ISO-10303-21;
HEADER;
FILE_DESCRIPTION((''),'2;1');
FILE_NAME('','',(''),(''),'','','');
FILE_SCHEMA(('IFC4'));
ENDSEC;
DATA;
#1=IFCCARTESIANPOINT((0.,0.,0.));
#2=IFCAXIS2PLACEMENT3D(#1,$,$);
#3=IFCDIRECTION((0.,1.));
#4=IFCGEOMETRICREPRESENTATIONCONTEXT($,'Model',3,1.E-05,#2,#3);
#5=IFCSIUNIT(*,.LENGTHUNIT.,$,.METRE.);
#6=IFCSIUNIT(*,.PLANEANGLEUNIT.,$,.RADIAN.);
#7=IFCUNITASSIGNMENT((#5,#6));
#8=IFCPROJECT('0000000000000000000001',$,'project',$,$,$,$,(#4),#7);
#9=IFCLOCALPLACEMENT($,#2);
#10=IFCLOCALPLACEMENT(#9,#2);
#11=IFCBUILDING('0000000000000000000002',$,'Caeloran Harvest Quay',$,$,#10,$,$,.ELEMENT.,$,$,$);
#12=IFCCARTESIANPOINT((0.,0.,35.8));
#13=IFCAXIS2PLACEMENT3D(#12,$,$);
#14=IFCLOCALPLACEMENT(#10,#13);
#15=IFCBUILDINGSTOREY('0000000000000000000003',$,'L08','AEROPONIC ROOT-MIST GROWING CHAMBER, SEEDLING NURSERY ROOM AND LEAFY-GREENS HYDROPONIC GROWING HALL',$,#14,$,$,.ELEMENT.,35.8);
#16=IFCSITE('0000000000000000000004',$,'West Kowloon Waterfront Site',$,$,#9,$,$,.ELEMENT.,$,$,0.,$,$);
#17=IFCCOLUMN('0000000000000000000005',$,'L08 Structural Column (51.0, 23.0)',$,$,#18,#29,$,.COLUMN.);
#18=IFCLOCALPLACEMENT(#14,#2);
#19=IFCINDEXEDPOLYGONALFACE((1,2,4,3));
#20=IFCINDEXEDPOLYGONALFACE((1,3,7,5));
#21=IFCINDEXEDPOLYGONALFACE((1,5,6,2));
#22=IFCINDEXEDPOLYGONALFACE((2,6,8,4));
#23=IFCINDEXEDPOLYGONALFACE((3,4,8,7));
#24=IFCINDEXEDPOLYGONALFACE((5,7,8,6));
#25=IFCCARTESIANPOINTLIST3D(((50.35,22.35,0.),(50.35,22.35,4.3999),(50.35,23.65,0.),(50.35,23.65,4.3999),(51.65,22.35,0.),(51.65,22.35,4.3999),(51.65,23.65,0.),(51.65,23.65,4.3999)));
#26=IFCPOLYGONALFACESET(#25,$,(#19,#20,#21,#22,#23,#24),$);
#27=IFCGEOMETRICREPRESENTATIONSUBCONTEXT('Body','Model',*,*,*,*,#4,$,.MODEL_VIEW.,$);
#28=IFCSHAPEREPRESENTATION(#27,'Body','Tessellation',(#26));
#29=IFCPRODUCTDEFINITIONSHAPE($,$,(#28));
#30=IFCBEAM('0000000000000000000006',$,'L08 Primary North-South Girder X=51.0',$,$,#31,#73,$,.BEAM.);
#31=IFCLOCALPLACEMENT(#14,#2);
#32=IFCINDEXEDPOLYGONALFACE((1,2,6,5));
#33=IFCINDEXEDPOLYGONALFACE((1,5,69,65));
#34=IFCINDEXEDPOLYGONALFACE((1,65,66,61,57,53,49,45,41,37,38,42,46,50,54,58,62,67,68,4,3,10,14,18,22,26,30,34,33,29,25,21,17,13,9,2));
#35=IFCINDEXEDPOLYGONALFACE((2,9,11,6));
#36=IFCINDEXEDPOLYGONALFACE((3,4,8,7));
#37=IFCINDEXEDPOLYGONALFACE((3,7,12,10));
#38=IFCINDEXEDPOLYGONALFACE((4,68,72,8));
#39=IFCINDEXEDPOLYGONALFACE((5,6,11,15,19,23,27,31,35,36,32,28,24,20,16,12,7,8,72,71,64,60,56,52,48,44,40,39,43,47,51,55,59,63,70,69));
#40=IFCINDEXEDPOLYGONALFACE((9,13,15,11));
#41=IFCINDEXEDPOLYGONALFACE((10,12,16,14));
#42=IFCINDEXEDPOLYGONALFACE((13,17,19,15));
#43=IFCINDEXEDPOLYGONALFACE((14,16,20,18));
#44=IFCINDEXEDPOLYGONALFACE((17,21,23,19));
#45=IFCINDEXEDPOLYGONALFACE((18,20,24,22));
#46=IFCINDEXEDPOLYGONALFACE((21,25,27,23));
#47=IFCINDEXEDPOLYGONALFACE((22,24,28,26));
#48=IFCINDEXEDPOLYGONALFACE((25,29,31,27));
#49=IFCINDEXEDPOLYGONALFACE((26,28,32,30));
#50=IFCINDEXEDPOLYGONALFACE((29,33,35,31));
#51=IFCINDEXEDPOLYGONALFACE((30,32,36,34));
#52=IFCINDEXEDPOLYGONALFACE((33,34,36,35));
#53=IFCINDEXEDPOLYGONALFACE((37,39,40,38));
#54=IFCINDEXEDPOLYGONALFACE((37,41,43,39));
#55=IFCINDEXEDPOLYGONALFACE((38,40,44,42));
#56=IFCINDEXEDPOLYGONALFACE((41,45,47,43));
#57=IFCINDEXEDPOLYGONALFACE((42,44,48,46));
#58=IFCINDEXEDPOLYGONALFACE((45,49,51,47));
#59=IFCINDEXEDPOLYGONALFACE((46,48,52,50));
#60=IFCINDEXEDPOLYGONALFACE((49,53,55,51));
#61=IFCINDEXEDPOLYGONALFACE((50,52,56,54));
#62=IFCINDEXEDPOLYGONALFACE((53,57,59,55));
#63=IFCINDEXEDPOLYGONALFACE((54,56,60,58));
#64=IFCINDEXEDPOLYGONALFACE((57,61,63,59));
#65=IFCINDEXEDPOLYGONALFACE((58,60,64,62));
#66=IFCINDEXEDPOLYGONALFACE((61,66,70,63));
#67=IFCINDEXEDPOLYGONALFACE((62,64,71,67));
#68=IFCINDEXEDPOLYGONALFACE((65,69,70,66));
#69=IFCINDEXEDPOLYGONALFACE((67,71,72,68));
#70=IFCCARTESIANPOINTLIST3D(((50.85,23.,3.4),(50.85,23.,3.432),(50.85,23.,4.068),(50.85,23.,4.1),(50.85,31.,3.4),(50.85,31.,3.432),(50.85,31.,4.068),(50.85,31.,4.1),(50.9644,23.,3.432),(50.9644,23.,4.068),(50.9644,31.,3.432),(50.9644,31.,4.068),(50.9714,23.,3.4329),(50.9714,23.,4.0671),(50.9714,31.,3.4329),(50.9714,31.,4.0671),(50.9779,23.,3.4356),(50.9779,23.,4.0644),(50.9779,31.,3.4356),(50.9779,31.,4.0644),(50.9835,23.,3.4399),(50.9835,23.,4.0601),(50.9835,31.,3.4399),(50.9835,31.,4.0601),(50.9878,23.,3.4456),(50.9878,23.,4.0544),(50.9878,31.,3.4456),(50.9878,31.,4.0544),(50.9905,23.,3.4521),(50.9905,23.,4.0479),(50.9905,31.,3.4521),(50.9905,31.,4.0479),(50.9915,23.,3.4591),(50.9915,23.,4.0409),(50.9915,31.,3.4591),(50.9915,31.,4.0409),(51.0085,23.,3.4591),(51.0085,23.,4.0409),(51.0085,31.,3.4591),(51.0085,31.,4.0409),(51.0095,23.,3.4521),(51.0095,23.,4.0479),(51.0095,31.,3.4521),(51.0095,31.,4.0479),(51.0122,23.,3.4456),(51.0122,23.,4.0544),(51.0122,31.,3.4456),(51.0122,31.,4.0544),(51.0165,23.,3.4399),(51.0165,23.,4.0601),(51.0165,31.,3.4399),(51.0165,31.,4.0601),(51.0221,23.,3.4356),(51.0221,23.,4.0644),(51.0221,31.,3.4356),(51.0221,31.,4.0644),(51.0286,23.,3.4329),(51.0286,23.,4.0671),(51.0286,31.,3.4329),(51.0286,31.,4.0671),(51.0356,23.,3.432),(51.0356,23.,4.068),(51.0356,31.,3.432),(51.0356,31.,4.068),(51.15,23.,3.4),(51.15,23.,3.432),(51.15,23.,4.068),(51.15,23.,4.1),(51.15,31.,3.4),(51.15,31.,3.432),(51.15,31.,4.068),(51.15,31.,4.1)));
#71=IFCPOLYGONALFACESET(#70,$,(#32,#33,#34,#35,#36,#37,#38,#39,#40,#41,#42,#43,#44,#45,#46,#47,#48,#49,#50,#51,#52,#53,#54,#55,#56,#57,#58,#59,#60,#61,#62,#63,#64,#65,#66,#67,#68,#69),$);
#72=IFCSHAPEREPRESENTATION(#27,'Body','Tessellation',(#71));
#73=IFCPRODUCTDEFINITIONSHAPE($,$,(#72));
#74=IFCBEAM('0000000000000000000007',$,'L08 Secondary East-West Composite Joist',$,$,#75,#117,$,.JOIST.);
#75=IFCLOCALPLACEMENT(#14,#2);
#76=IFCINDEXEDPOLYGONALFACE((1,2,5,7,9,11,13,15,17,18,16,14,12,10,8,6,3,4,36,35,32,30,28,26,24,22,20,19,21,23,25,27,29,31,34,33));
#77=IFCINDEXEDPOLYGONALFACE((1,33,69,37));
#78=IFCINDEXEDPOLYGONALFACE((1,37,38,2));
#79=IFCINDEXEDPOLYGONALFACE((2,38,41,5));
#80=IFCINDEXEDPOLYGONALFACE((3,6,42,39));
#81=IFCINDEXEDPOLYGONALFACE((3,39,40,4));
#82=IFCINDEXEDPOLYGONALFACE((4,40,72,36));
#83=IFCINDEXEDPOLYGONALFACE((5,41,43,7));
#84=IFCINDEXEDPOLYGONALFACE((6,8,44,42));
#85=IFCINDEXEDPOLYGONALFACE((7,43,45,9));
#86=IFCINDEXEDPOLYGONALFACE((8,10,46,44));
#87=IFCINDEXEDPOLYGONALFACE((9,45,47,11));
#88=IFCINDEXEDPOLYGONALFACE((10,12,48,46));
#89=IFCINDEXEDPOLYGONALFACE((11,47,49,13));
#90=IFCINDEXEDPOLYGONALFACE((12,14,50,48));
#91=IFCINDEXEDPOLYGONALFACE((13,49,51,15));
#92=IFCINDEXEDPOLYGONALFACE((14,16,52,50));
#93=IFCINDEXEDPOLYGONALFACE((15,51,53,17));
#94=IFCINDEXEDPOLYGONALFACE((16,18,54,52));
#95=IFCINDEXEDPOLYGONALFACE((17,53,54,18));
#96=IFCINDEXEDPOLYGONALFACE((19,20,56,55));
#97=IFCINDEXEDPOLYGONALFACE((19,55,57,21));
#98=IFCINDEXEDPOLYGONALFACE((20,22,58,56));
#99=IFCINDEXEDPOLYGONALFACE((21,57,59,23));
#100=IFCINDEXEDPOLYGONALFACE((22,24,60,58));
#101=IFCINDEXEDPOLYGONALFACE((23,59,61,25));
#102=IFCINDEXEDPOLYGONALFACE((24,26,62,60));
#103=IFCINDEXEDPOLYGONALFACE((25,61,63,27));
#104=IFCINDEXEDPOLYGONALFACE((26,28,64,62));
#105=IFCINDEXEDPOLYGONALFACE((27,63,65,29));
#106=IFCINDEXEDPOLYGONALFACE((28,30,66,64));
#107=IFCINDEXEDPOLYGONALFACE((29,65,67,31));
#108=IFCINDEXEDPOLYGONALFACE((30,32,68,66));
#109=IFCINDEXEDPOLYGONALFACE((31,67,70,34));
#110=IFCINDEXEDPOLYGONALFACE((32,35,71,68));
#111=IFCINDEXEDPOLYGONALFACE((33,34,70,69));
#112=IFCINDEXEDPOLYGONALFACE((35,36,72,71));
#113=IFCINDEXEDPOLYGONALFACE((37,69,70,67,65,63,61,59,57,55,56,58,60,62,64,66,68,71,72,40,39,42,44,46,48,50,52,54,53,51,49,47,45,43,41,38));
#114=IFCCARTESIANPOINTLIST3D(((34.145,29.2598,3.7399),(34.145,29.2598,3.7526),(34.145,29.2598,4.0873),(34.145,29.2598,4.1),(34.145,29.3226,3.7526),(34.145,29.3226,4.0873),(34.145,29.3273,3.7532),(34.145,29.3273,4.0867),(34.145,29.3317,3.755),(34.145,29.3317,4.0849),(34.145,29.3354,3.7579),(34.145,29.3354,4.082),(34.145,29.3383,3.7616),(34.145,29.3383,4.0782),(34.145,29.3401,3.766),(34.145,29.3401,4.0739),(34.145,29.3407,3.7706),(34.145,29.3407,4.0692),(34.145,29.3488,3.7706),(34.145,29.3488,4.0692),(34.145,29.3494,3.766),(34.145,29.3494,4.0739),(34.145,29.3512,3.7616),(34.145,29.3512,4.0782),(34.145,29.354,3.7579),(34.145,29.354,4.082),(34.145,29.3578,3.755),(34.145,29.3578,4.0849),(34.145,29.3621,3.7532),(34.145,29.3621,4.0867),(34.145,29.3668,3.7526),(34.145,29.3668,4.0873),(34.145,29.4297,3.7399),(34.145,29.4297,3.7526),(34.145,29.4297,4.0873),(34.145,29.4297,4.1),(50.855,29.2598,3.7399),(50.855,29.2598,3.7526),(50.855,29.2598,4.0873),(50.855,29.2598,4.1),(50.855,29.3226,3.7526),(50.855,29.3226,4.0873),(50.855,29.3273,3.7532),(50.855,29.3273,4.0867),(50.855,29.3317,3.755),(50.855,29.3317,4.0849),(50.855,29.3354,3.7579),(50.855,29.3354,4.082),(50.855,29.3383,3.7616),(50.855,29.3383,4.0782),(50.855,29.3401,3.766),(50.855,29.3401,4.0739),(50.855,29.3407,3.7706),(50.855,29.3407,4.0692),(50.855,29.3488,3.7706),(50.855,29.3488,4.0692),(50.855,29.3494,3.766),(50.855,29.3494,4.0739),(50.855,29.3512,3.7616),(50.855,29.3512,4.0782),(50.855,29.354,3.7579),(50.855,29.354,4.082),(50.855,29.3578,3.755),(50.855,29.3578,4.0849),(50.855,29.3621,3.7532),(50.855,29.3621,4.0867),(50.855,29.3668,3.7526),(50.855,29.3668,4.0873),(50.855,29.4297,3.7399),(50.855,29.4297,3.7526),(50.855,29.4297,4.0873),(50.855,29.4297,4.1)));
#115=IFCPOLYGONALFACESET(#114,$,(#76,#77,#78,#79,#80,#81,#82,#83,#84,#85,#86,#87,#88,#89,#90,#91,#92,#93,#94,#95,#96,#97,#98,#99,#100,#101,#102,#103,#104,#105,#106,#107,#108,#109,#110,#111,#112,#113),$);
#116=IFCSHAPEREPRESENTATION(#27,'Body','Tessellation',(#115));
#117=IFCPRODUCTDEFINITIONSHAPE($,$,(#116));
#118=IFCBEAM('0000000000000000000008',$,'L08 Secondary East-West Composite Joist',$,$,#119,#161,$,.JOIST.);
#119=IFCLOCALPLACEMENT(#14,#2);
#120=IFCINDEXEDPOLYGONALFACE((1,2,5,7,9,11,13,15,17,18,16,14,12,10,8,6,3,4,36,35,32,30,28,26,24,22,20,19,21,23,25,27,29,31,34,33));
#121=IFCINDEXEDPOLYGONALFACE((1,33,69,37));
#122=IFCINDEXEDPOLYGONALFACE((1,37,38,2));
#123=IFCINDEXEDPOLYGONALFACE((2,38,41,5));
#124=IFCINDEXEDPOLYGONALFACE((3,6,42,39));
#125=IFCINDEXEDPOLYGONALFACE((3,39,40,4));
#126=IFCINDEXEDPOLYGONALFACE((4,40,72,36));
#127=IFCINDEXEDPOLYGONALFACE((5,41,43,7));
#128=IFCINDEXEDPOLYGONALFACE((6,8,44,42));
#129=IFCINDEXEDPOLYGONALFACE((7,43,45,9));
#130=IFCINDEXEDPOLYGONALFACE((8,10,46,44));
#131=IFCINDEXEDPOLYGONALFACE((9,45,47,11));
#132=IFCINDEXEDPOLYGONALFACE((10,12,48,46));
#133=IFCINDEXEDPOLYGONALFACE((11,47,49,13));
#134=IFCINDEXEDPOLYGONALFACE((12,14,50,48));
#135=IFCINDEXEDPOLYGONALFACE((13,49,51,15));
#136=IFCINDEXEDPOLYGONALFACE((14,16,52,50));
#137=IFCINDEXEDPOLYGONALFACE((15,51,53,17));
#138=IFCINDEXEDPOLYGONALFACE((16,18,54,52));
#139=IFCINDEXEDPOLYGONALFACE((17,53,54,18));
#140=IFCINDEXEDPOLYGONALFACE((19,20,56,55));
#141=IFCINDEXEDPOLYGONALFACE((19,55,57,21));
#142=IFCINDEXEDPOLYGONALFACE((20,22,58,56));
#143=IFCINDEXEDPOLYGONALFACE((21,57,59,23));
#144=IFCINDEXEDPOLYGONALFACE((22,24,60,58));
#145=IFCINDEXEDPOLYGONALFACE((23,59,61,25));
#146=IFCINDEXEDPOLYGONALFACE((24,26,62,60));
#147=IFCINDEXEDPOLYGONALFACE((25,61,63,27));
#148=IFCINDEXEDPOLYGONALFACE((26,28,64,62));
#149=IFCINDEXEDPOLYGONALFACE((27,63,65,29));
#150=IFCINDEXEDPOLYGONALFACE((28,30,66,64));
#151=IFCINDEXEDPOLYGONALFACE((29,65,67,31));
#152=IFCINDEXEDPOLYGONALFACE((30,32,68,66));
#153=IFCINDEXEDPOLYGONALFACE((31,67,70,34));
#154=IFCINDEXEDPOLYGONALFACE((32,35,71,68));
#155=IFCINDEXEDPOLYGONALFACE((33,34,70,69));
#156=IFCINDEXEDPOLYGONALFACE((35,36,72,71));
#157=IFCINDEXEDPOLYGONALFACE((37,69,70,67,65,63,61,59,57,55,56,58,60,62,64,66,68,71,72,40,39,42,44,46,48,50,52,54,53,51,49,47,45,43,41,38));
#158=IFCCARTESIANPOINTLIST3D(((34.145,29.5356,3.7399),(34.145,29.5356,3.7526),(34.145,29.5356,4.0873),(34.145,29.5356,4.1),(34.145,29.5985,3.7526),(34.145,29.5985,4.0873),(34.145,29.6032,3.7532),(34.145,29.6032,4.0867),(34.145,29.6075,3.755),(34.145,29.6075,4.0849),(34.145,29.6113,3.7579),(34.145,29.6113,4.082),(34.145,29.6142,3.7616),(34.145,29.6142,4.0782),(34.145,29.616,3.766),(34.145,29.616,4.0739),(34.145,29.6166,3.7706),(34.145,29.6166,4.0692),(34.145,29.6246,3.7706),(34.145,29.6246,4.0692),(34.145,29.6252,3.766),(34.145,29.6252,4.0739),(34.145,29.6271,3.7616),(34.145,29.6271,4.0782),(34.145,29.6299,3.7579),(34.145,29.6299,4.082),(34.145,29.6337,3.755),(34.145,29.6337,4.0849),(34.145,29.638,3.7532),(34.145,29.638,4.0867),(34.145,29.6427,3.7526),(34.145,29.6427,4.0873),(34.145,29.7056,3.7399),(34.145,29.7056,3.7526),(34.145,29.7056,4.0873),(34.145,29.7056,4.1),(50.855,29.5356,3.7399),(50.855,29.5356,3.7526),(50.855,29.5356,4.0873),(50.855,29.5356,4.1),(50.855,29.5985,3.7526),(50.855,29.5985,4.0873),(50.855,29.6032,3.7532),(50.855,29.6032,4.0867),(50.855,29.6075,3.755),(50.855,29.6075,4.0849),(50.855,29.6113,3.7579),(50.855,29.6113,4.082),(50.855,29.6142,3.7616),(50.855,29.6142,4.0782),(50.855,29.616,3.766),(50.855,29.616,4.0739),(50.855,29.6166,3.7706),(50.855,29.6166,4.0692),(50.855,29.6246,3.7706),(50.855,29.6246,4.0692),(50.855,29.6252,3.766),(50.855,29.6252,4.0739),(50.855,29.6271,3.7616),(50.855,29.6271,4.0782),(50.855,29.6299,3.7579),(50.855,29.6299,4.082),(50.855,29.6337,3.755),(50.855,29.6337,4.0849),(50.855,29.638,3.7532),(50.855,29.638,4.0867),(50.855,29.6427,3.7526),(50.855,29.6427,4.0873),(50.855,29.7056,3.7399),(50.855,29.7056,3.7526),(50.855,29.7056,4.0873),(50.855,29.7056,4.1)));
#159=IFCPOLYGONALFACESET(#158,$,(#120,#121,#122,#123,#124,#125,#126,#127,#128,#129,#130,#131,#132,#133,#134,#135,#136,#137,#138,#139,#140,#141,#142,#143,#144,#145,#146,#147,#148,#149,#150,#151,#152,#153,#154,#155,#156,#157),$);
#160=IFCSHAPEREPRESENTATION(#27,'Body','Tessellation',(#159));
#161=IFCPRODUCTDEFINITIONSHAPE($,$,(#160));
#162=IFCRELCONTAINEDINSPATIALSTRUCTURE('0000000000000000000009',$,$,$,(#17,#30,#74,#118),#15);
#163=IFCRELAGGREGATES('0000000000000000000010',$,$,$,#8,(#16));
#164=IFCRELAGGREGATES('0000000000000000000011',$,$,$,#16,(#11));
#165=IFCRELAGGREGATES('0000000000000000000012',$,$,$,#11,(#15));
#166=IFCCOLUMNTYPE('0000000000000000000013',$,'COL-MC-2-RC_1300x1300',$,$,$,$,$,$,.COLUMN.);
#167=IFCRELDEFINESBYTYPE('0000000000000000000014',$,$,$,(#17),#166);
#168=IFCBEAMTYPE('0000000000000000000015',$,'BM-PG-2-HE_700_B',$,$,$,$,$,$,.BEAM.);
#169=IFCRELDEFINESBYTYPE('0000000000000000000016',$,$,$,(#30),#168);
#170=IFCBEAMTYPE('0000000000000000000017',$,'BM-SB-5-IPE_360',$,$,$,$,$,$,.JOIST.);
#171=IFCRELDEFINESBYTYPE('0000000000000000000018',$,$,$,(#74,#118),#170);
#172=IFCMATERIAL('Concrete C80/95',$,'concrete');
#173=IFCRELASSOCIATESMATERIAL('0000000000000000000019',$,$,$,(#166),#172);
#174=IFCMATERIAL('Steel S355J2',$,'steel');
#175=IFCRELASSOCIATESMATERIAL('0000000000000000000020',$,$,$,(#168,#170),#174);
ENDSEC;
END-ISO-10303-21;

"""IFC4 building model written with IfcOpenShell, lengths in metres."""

from ifc_helpers import new_model, si_unit, direction, frame, origin, origin_2d, place, context, subcontext, project, spatial, rectangle, i_section, extrude, material, material_profile, profile_set, type_object, element, save


model = new_model("IFC4")

# Units and contexts
model_context = context("Model", 3, precision=1e-05, world=origin(), true_north=direction((0.0, 1.0)))
body_context = subcontext(model_context, "Body", "Model", "MODEL_VIEW")
ifc_project = project(units=[si_unit("LENGTHUNIT", "METRE"), si_unit("PLANEANGLEUNIT", "RADIAN")], contexts=[model_context])

# Site, building, storey
site_placement = place(None, origin())
site = spatial("IfcSite", under=ifc_project, at=site_placement, Name="West Kowloon Waterfront Site", CompositionType="ELEMENT", RefElevation=0.0)
building_placement = place(site_placement, origin())
building = spatial("IfcBuilding", under=site, at=building_placement, Name="Caeloran Harvest Quay", CompositionType="ELEMENT")
storey_placement = place(building_placement, frame((0.0, 0.0, 35.8)))
storey = spatial("IfcBuildingStorey", under=building, at=storey_placement, Name="L08", Description="AEROPONIC ROOT-MIST GROWING CHAMBER, SEEDLING NURSERY ROOM AND LEAFY-GREENS HYDROPONIC GROWING HALL", CompositionType="ELEMENT", Elevation=35.8)

# Column
ifc_material_1 = material(Name="Concrete C80/95", Category="concrete")
ifc_material_profile_1 = material_profile(ifc_material_1, rectangle(XDim=1.3, YDim=1.3, at=origin_2d()), Name="RC 1300x1300")
ifc_profile_set_1 = profile_set([ifc_material_profile_1], Name="Concrete C80/95")
column_type = type_object("IfcColumnType", Name="COL-MC-2-RC_1300x1300", PredefinedType="COLUMN", material=ifc_profile_set_1)
column_placement = place(storey_placement, frame((51.0, 23.0, 0.0), z_axis=(0.0, 0.0, 1.0), x_axis=(1.0, 0.0, 0.0)))
element("IfcColumn", 1, at=column_placement, inside=storey, type_object=column_type, Name="L08 Structural Column (51.0, 23.0)", PredefinedType="COLUMN", context=body_context, shape_type="SweptSolid", body=[
    extrude(rectangle(XDim=1.3, YDim=1.3, at=origin_2d()), origin(), (0.0, 0.0, 1.0), 4.3999),
])

# Beams
ifc_material_2 = material(Name="Steel S355J2", Category="steel")
ifc_material_profile_2 = material_profile(ifc_material_2, i_section(OverallWidth=0.3, OverallDepth=0.7, WebThickness=0.0171, FlangeThickness=0.032, FilletRadius=0.0271, at=origin_2d()), Name="HE 700 B")
ifc_profile_set_2 = profile_set([ifc_material_profile_2], Name="Steel S355J2")
beam_type_1 = type_object("IfcBeamType", Name="BM-PG-2-HE_700_B", PredefinedType="BEAM", material=ifc_profile_set_2)
beam_placement = place(storey_placement, frame((51.0, 23.0, 3.75), z_axis=(0.0, 1.0, 0.0), x_axis=(-1.0, 0.0, 0.0)))
element("IfcBeam", 2, at=beam_placement, inside=storey, type_object=beam_type_1, Name="L08 Primary North-South Girder X=51.0", PredefinedType="BEAM", context=body_context, shape_type="SweptSolid", body=[
    extrude(i_section(OverallWidth=0.3, OverallDepth=0.7, WebThickness=0.0171, FlangeThickness=0.032, FilletRadius=0.0271, at=origin_2d()), origin(), (0.0, 0.0, 1.0), 8.0),
])
ifc_material_profile_3 = material_profile(ifc_material_2, i_section(OverallWidth=0.1699, OverallDepth=0.3601, WebThickness=0.0081, FlangeThickness=0.0127, FilletRadius=0.0181, at=origin_2d()), Name="IPE 360")
ifc_profile_set_3 = profile_set([ifc_material_profile_3], Name="Steel S355J2")
beam_type_2 = type_object("IfcBeamType", Name="BM-SB-5-IPE_360", PredefinedType="JOIST", material=ifc_profile_set_3)
for number, where, z_axis, x_axis, name in (
    (3, (34.145, 29.3447, 3.9199), (1.0, 0.0, 0.0), (0.0, 1.0, 0.0), "L08 Secondary East-West Composite Joist"),
    (4, (34.145, 29.6206, 3.9199), (1.0, 0.0, 0.0), (0.0, 1.0, 0.0), "L08 Secondary East-West Composite Joist"),
):
    element("IfcBeam", number, at=place(storey_placement, frame(where, z_axis=z_axis, x_axis=x_axis)), inside=storey, type_object=beam_type_2, Name=name, PredefinedType="JOIST", context=body_context, shape_type="SweptSolid", body=[
        extrude(i_section(OverallWidth=0.1699, OverallDepth=0.3601, WebThickness=0.0081, FlangeThickness=0.0127, FilletRadius=0.0181, at=origin_2d()), origin(), (0.0, 0.0, 1.0), 16.71),
    ])

save(model, "model.ifc")
